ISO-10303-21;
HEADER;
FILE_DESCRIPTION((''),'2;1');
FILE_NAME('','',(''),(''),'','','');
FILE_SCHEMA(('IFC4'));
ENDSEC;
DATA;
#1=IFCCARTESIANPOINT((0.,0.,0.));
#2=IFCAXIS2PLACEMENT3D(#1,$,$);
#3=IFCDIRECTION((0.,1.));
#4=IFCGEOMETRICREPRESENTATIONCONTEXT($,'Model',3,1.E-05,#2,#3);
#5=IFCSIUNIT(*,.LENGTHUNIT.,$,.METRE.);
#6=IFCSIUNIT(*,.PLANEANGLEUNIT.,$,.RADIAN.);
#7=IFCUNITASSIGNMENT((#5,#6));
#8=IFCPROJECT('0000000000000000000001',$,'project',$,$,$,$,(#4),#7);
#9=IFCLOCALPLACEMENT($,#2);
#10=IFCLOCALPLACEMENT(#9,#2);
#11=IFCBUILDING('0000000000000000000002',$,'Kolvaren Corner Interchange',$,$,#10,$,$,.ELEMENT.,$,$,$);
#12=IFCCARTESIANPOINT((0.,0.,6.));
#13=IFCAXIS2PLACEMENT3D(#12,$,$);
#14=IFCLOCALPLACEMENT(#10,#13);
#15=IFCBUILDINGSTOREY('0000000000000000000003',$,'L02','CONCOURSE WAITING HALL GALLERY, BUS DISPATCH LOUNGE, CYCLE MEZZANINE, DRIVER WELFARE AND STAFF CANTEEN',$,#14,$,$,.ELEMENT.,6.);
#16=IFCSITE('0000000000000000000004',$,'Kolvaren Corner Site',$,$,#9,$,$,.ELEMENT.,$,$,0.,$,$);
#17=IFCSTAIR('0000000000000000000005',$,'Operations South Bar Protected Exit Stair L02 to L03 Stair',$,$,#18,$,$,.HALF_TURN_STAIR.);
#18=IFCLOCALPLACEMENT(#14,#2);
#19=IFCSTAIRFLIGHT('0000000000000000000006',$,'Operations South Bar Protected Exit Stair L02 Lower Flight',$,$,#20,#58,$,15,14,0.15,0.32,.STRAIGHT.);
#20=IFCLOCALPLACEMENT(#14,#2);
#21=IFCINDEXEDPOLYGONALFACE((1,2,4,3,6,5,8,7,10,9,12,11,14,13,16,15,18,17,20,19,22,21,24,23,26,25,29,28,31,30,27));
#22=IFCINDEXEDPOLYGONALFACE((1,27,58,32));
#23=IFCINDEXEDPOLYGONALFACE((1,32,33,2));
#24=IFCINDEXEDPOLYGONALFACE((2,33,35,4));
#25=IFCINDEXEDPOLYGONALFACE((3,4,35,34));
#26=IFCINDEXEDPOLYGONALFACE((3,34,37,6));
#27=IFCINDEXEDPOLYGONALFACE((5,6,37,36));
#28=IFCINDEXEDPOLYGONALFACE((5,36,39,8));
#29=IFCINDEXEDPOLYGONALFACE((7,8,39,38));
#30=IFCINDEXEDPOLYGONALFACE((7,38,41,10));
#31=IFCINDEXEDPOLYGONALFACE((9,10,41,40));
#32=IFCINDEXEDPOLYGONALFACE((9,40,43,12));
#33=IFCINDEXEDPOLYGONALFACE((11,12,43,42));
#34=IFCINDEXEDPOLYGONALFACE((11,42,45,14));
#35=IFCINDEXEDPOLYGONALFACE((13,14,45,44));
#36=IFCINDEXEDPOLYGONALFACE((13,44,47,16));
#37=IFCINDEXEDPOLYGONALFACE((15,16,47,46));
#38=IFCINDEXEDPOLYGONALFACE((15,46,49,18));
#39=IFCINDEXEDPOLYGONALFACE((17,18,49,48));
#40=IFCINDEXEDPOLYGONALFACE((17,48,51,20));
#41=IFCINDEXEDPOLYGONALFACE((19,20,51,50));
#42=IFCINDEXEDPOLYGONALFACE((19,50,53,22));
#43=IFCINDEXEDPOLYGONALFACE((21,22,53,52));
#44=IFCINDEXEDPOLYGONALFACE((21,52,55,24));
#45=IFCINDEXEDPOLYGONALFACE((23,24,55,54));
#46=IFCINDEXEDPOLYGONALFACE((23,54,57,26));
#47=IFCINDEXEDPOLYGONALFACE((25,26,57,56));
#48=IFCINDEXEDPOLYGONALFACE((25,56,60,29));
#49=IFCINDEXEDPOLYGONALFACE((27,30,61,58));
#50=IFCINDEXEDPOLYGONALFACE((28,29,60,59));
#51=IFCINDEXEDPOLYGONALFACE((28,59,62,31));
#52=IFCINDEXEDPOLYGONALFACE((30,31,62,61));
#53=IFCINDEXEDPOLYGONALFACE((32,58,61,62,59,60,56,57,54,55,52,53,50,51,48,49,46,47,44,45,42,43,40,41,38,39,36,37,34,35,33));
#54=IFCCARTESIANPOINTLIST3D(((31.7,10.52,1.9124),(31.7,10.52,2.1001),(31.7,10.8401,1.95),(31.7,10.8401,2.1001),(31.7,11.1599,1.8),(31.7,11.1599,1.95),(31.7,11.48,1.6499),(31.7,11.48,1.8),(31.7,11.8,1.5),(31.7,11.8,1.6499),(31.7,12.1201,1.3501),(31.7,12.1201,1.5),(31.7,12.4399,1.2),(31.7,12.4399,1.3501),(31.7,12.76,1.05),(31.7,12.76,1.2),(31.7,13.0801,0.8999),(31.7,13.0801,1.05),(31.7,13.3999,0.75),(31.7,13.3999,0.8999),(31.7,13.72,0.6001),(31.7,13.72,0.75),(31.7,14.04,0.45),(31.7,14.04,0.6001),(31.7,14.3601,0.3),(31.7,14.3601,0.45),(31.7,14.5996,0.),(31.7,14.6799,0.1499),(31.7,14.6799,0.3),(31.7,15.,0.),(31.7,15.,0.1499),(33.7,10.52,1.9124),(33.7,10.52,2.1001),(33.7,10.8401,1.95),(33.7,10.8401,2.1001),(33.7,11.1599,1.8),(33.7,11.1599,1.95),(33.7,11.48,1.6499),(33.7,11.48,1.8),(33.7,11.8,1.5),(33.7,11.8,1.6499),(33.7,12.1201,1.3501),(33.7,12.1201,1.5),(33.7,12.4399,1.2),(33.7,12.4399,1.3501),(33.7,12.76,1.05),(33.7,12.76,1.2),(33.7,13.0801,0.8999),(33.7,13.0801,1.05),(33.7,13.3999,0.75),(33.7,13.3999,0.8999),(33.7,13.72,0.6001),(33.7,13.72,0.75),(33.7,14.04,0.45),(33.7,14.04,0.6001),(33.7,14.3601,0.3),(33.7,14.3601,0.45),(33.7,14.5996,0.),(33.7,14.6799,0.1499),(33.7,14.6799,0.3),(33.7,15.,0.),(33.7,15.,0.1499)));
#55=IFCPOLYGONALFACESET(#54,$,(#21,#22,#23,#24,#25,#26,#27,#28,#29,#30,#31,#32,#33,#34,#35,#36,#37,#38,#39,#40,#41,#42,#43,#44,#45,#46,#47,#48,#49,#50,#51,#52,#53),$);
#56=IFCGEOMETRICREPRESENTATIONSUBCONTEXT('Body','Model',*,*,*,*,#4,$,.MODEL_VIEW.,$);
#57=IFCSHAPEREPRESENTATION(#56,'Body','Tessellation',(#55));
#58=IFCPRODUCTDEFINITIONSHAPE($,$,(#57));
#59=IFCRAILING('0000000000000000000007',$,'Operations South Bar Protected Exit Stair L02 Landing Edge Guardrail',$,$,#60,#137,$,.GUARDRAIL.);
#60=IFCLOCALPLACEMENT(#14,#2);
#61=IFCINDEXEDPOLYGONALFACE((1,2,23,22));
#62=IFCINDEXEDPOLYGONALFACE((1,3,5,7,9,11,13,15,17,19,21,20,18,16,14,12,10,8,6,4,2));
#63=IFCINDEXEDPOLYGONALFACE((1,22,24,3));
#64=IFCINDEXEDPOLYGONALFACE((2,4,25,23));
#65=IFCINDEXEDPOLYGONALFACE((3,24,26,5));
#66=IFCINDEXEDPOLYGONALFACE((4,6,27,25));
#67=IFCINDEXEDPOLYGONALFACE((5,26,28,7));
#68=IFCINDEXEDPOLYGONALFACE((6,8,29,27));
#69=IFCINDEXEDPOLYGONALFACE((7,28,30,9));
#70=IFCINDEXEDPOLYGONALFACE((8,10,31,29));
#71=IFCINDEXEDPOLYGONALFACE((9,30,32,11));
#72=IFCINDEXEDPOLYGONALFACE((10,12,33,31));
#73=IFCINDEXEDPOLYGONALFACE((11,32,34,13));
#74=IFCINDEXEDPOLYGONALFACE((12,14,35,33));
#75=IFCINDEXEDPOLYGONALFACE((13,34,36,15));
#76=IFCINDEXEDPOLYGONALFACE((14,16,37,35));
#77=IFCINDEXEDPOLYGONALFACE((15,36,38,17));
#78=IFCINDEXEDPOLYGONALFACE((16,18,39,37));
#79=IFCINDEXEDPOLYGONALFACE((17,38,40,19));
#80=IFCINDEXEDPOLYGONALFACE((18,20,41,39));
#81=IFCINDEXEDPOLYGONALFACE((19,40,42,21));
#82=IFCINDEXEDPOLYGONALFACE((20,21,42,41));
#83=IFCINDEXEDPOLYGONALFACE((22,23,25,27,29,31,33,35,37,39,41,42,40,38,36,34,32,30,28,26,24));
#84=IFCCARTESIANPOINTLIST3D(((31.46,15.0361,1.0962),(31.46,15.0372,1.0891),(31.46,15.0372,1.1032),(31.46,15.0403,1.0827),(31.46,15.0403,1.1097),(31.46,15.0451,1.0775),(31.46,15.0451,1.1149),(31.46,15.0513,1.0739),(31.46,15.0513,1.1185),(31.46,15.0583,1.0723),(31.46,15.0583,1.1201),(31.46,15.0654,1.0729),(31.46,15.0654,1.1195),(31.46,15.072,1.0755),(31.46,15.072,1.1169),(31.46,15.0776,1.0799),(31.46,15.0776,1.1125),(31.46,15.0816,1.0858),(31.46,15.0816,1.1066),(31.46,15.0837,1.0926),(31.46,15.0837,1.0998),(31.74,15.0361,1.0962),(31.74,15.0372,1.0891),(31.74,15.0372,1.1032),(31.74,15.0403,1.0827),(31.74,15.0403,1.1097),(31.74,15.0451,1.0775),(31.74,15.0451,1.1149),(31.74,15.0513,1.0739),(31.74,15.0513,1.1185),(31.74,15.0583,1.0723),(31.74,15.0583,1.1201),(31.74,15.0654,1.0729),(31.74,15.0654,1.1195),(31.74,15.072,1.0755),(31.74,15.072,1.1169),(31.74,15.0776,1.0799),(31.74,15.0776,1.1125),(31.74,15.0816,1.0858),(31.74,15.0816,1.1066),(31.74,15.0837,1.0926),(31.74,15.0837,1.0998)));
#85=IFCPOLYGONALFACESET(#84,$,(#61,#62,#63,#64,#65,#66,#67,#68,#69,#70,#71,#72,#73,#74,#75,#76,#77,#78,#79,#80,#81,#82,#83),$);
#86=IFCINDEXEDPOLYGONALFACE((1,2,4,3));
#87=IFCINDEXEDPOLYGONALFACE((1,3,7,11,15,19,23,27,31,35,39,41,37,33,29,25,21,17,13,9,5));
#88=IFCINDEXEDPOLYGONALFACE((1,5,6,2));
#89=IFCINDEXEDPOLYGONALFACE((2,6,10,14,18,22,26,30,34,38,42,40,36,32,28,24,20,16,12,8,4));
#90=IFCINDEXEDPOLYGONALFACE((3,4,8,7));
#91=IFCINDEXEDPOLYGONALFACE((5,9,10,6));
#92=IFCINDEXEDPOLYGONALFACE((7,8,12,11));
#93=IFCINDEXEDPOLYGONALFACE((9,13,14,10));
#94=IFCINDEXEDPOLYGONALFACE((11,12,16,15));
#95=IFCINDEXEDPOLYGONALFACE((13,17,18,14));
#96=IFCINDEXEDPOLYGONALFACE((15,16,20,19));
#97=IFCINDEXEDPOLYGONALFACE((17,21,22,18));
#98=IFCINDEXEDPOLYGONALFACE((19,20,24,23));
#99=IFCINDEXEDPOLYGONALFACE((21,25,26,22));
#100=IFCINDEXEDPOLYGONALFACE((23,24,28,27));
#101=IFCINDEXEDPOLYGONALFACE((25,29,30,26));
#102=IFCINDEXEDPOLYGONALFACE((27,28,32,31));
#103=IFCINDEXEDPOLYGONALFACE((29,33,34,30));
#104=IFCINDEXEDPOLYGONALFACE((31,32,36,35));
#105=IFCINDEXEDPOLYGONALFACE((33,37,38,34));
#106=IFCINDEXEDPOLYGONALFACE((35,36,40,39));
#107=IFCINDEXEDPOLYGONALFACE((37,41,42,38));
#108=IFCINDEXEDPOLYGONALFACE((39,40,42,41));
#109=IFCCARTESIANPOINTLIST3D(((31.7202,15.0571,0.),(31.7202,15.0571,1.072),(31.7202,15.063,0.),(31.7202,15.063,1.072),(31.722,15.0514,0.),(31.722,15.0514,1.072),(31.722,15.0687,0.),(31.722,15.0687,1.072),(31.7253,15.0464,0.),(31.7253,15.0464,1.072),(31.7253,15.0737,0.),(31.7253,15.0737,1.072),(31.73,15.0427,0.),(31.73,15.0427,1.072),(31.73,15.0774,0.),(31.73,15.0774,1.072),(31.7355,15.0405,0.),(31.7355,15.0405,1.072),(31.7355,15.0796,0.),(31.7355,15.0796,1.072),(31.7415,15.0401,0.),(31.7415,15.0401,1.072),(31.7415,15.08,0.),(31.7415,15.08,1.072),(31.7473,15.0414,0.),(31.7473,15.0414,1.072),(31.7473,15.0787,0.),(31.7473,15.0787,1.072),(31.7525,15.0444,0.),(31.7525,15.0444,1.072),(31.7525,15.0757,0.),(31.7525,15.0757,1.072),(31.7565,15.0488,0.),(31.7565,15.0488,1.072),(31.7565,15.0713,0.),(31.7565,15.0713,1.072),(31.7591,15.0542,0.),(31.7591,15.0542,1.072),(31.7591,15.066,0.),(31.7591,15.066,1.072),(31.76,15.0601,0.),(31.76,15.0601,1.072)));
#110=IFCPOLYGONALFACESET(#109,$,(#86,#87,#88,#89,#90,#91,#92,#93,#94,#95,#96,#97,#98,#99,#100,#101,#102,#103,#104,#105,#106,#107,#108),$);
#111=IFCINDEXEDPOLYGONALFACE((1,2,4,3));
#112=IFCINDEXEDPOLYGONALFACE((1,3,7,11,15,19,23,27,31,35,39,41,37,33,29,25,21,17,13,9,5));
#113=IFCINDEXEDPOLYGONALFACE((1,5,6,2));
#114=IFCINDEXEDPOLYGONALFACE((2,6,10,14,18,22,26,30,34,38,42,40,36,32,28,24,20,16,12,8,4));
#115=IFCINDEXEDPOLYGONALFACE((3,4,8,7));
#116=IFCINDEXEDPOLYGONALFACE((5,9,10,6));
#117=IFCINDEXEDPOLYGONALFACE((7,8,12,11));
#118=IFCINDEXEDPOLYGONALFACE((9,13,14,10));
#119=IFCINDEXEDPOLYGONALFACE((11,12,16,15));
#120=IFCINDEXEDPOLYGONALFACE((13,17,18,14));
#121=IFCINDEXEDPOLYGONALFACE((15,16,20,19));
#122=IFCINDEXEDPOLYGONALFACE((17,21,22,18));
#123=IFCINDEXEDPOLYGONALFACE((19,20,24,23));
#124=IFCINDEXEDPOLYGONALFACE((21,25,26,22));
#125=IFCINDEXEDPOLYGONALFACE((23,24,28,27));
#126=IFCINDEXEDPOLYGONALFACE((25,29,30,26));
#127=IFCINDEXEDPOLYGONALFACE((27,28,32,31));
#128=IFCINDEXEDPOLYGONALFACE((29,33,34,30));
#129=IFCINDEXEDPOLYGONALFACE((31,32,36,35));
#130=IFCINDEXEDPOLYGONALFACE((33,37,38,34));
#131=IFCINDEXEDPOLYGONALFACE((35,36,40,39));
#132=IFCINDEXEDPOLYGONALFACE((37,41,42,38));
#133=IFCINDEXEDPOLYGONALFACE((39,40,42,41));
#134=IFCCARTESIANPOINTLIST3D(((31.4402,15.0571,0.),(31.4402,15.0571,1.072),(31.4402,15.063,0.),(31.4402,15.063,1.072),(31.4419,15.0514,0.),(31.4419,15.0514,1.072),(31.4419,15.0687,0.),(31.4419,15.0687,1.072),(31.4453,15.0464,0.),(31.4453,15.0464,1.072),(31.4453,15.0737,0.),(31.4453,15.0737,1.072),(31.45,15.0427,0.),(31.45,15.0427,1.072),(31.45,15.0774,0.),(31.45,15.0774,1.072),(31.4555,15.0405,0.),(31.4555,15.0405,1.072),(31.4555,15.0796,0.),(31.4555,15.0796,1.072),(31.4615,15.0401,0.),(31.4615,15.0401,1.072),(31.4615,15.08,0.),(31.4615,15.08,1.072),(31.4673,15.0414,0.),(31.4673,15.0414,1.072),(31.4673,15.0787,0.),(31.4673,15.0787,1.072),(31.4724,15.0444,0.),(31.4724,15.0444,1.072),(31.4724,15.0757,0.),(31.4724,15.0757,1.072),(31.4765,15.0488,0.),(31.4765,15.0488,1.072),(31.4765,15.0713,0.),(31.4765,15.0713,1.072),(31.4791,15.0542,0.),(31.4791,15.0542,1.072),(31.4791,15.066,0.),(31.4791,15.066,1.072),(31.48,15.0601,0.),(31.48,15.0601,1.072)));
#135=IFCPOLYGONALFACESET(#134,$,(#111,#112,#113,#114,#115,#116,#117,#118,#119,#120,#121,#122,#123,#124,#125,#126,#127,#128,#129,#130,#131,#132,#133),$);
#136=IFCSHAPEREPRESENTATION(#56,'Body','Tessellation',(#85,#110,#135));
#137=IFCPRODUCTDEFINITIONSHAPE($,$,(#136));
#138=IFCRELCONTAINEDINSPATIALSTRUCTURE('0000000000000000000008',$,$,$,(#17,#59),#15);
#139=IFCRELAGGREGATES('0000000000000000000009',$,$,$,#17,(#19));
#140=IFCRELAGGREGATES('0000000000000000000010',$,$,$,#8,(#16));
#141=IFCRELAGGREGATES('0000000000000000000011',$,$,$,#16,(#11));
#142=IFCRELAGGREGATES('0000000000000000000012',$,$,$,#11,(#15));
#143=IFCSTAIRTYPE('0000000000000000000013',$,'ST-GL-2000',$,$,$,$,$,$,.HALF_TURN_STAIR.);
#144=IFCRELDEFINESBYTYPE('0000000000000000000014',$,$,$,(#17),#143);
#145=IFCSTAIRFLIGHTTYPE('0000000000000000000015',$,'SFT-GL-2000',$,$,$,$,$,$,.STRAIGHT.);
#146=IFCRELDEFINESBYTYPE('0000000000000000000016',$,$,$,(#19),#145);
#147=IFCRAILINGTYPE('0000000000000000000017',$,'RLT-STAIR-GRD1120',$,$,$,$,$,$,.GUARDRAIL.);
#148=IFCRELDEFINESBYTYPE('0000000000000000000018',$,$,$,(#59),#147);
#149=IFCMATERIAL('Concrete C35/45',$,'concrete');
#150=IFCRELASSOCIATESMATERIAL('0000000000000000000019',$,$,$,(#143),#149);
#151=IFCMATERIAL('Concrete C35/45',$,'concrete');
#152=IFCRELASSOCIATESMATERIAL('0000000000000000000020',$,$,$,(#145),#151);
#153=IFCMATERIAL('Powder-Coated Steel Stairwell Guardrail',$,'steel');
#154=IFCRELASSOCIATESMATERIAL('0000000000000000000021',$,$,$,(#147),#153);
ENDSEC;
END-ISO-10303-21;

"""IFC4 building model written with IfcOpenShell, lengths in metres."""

from ifc_helpers import new_model, si_unit, direction, frame, origin, origin_2d, place, context, subcontext, project, spatial, polyline, circle, outline, extrude, material, type_object, element, aggregate, save


model = new_model("IFC4")

# Units and contexts
model_context = context("Model", 3, precision=1e-05, world=origin(), true_north=direction((0.0, 1.0)))
body_context = subcontext(model_context, "Body", "Model", "MODEL_VIEW")
ifc_project = project(units=[si_unit("LENGTHUNIT", "METRE"), si_unit("PLANEANGLEUNIT", "RADIAN")], contexts=[model_context])

# Site, building, storey
site_placement = place(None, origin())
site = spatial("IfcSite", under=ifc_project, at=site_placement, Name="Kolvaren Corner Site", CompositionType="ELEMENT", RefElevation=0.0)
building_placement = place(site_placement, origin())
building = spatial("IfcBuilding", under=site, at=building_placement, Name="Kolvaren Corner Interchange", CompositionType="ELEMENT")
storey_placement = place(building_placement, frame((0.0, 0.0, 6.0)))
storey = spatial("IfcBuildingStorey", under=building, at=storey_placement, Name="L02", Description="CONCOURSE WAITING HALL GALLERY, BUS DISPATCH LOUNGE, CYCLE MEZZANINE, DRIVER WELFARE AND STAFF CANTEEN", CompositionType="ELEMENT", Elevation=6.0)

# Stair, stair flight
ifc_material_1 = material(Name="Concrete C35/45", Category="concrete")
stair_type = type_object("IfcStairType", Name="ST-GL-2000", PredefinedType="HALF_TURN_STAIR", material=ifc_material_1)
stair_placement = place(storey_placement, origin())
stair = element("IfcStair", 1, at=stair_placement, inside=storey, type_object=stair_type, Name="Operations South Bar Protected Exit Stair L02 to L03 Stair", PredefinedType="HALF_TURN_STAIR")
ifc_material_2 = material(Name="Concrete C35/45", Category="concrete")
stair_flight_type = type_object("IfcStairFlightType", Name="SFT-GL-2000", PredefinedType="STRAIGHT", material=ifc_material_2)
stair_flight_placement = place(storey_placement, frame((32.7, 15.0, 0.0), z_axis=(0.0, 0.0, 1.0), x_axis=(0.0, -1.0, 0.0)))
stair_flight = element("IfcStairFlight", 2, at=stair_flight_placement, type_object=stair_flight_type, Name="Operations South Bar Protected Exit Stair L02 Lower Flight", NumberOfRisers=15, NumberOfTreads=14, PredefinedType="STRAIGHT", RiserHeight=0.15, TreadLength=0.32, context=body_context, shape_type="SweptSolid", body=[
    extrude(outline(polyline([(0.0, 0.0), (0.0, 0.1499), (0.3201, 0.1499), (0.3201, 0.3), (0.6399, 0.3), (0.6399, 0.45), (0.96, 0.45), (0.96, 0.6001), (1.28, 0.6001), (1.28, 0.75), (1.6001, 0.75), (1.6001, 0.8999), (1.9199, 0.8999), (1.9199, 1.05), (2.24, 1.05), (2.24, 1.2), (2.5601, 1.2), (2.5601, 1.3501), (2.8799, 1.3501), (2.8799, 1.5), (3.2, 1.5), (3.2, 1.6499), (3.52, 1.6499), (3.52, 1.8), (3.8401, 1.8), (3.8401, 1.95), (4.1599, 1.95), (4.1599, 2.1001), (4.48, 2.1001), (4.48, 2.25), (4.48, 1.9124), (0.4004, 0.0), (0.0, 0.0)])), frame((0.0, 1.0, 0.0), z_axis=(0.0, -1.0, 0.0), x_axis=(1.0, 0.0, 0.0)), (0.0, 0.0, 1.0), 2.0),
])

# Railing
ifc_material_3 = material(Name="Powder-Coated Steel Stairwell Guardrail", Category="steel")
railing_type_1 = type_object("IfcRailingType", Name="RLT-STAIR-GRD1120", PredefinedType="GUARDRAIL", material=ifc_material_3)
railing_1_placement = place(storey_placement, frame((31.74, 15.0601, 0.0)))
element("IfcRailing", 3, at=railing_1_placement, inside=storey, type_object=railing_type_1, Name="Operations South Bar Protected Exit Stair L02 Landing Edge Guardrail", PredefinedType="GUARDRAIL", context=body_context, shape_type="SweptSolid", body=[
    extrude(circle(Radius=0.0239, at=origin_2d()), frame((0.0, 0.0, 1.0962), z_axis=(-1.0, 0.0, 0.0), x_axis=(0.0, -1.0, 0.0)), (0.0, 0.0, 1.0), 0.28),
    extrude(circle(Radius=0.02, at=origin_2d()), origin(), (0.0, 0.0, 1.0), 1.072),
    extrude(circle(Radius=0.02, at=origin_2d()), frame((-0.28, 0.0, 0.0)), (0.0, 0.0, 1.0), 1.072),
])
aggregate(stair, [stair_flight])

save(model, "model.ifc")
